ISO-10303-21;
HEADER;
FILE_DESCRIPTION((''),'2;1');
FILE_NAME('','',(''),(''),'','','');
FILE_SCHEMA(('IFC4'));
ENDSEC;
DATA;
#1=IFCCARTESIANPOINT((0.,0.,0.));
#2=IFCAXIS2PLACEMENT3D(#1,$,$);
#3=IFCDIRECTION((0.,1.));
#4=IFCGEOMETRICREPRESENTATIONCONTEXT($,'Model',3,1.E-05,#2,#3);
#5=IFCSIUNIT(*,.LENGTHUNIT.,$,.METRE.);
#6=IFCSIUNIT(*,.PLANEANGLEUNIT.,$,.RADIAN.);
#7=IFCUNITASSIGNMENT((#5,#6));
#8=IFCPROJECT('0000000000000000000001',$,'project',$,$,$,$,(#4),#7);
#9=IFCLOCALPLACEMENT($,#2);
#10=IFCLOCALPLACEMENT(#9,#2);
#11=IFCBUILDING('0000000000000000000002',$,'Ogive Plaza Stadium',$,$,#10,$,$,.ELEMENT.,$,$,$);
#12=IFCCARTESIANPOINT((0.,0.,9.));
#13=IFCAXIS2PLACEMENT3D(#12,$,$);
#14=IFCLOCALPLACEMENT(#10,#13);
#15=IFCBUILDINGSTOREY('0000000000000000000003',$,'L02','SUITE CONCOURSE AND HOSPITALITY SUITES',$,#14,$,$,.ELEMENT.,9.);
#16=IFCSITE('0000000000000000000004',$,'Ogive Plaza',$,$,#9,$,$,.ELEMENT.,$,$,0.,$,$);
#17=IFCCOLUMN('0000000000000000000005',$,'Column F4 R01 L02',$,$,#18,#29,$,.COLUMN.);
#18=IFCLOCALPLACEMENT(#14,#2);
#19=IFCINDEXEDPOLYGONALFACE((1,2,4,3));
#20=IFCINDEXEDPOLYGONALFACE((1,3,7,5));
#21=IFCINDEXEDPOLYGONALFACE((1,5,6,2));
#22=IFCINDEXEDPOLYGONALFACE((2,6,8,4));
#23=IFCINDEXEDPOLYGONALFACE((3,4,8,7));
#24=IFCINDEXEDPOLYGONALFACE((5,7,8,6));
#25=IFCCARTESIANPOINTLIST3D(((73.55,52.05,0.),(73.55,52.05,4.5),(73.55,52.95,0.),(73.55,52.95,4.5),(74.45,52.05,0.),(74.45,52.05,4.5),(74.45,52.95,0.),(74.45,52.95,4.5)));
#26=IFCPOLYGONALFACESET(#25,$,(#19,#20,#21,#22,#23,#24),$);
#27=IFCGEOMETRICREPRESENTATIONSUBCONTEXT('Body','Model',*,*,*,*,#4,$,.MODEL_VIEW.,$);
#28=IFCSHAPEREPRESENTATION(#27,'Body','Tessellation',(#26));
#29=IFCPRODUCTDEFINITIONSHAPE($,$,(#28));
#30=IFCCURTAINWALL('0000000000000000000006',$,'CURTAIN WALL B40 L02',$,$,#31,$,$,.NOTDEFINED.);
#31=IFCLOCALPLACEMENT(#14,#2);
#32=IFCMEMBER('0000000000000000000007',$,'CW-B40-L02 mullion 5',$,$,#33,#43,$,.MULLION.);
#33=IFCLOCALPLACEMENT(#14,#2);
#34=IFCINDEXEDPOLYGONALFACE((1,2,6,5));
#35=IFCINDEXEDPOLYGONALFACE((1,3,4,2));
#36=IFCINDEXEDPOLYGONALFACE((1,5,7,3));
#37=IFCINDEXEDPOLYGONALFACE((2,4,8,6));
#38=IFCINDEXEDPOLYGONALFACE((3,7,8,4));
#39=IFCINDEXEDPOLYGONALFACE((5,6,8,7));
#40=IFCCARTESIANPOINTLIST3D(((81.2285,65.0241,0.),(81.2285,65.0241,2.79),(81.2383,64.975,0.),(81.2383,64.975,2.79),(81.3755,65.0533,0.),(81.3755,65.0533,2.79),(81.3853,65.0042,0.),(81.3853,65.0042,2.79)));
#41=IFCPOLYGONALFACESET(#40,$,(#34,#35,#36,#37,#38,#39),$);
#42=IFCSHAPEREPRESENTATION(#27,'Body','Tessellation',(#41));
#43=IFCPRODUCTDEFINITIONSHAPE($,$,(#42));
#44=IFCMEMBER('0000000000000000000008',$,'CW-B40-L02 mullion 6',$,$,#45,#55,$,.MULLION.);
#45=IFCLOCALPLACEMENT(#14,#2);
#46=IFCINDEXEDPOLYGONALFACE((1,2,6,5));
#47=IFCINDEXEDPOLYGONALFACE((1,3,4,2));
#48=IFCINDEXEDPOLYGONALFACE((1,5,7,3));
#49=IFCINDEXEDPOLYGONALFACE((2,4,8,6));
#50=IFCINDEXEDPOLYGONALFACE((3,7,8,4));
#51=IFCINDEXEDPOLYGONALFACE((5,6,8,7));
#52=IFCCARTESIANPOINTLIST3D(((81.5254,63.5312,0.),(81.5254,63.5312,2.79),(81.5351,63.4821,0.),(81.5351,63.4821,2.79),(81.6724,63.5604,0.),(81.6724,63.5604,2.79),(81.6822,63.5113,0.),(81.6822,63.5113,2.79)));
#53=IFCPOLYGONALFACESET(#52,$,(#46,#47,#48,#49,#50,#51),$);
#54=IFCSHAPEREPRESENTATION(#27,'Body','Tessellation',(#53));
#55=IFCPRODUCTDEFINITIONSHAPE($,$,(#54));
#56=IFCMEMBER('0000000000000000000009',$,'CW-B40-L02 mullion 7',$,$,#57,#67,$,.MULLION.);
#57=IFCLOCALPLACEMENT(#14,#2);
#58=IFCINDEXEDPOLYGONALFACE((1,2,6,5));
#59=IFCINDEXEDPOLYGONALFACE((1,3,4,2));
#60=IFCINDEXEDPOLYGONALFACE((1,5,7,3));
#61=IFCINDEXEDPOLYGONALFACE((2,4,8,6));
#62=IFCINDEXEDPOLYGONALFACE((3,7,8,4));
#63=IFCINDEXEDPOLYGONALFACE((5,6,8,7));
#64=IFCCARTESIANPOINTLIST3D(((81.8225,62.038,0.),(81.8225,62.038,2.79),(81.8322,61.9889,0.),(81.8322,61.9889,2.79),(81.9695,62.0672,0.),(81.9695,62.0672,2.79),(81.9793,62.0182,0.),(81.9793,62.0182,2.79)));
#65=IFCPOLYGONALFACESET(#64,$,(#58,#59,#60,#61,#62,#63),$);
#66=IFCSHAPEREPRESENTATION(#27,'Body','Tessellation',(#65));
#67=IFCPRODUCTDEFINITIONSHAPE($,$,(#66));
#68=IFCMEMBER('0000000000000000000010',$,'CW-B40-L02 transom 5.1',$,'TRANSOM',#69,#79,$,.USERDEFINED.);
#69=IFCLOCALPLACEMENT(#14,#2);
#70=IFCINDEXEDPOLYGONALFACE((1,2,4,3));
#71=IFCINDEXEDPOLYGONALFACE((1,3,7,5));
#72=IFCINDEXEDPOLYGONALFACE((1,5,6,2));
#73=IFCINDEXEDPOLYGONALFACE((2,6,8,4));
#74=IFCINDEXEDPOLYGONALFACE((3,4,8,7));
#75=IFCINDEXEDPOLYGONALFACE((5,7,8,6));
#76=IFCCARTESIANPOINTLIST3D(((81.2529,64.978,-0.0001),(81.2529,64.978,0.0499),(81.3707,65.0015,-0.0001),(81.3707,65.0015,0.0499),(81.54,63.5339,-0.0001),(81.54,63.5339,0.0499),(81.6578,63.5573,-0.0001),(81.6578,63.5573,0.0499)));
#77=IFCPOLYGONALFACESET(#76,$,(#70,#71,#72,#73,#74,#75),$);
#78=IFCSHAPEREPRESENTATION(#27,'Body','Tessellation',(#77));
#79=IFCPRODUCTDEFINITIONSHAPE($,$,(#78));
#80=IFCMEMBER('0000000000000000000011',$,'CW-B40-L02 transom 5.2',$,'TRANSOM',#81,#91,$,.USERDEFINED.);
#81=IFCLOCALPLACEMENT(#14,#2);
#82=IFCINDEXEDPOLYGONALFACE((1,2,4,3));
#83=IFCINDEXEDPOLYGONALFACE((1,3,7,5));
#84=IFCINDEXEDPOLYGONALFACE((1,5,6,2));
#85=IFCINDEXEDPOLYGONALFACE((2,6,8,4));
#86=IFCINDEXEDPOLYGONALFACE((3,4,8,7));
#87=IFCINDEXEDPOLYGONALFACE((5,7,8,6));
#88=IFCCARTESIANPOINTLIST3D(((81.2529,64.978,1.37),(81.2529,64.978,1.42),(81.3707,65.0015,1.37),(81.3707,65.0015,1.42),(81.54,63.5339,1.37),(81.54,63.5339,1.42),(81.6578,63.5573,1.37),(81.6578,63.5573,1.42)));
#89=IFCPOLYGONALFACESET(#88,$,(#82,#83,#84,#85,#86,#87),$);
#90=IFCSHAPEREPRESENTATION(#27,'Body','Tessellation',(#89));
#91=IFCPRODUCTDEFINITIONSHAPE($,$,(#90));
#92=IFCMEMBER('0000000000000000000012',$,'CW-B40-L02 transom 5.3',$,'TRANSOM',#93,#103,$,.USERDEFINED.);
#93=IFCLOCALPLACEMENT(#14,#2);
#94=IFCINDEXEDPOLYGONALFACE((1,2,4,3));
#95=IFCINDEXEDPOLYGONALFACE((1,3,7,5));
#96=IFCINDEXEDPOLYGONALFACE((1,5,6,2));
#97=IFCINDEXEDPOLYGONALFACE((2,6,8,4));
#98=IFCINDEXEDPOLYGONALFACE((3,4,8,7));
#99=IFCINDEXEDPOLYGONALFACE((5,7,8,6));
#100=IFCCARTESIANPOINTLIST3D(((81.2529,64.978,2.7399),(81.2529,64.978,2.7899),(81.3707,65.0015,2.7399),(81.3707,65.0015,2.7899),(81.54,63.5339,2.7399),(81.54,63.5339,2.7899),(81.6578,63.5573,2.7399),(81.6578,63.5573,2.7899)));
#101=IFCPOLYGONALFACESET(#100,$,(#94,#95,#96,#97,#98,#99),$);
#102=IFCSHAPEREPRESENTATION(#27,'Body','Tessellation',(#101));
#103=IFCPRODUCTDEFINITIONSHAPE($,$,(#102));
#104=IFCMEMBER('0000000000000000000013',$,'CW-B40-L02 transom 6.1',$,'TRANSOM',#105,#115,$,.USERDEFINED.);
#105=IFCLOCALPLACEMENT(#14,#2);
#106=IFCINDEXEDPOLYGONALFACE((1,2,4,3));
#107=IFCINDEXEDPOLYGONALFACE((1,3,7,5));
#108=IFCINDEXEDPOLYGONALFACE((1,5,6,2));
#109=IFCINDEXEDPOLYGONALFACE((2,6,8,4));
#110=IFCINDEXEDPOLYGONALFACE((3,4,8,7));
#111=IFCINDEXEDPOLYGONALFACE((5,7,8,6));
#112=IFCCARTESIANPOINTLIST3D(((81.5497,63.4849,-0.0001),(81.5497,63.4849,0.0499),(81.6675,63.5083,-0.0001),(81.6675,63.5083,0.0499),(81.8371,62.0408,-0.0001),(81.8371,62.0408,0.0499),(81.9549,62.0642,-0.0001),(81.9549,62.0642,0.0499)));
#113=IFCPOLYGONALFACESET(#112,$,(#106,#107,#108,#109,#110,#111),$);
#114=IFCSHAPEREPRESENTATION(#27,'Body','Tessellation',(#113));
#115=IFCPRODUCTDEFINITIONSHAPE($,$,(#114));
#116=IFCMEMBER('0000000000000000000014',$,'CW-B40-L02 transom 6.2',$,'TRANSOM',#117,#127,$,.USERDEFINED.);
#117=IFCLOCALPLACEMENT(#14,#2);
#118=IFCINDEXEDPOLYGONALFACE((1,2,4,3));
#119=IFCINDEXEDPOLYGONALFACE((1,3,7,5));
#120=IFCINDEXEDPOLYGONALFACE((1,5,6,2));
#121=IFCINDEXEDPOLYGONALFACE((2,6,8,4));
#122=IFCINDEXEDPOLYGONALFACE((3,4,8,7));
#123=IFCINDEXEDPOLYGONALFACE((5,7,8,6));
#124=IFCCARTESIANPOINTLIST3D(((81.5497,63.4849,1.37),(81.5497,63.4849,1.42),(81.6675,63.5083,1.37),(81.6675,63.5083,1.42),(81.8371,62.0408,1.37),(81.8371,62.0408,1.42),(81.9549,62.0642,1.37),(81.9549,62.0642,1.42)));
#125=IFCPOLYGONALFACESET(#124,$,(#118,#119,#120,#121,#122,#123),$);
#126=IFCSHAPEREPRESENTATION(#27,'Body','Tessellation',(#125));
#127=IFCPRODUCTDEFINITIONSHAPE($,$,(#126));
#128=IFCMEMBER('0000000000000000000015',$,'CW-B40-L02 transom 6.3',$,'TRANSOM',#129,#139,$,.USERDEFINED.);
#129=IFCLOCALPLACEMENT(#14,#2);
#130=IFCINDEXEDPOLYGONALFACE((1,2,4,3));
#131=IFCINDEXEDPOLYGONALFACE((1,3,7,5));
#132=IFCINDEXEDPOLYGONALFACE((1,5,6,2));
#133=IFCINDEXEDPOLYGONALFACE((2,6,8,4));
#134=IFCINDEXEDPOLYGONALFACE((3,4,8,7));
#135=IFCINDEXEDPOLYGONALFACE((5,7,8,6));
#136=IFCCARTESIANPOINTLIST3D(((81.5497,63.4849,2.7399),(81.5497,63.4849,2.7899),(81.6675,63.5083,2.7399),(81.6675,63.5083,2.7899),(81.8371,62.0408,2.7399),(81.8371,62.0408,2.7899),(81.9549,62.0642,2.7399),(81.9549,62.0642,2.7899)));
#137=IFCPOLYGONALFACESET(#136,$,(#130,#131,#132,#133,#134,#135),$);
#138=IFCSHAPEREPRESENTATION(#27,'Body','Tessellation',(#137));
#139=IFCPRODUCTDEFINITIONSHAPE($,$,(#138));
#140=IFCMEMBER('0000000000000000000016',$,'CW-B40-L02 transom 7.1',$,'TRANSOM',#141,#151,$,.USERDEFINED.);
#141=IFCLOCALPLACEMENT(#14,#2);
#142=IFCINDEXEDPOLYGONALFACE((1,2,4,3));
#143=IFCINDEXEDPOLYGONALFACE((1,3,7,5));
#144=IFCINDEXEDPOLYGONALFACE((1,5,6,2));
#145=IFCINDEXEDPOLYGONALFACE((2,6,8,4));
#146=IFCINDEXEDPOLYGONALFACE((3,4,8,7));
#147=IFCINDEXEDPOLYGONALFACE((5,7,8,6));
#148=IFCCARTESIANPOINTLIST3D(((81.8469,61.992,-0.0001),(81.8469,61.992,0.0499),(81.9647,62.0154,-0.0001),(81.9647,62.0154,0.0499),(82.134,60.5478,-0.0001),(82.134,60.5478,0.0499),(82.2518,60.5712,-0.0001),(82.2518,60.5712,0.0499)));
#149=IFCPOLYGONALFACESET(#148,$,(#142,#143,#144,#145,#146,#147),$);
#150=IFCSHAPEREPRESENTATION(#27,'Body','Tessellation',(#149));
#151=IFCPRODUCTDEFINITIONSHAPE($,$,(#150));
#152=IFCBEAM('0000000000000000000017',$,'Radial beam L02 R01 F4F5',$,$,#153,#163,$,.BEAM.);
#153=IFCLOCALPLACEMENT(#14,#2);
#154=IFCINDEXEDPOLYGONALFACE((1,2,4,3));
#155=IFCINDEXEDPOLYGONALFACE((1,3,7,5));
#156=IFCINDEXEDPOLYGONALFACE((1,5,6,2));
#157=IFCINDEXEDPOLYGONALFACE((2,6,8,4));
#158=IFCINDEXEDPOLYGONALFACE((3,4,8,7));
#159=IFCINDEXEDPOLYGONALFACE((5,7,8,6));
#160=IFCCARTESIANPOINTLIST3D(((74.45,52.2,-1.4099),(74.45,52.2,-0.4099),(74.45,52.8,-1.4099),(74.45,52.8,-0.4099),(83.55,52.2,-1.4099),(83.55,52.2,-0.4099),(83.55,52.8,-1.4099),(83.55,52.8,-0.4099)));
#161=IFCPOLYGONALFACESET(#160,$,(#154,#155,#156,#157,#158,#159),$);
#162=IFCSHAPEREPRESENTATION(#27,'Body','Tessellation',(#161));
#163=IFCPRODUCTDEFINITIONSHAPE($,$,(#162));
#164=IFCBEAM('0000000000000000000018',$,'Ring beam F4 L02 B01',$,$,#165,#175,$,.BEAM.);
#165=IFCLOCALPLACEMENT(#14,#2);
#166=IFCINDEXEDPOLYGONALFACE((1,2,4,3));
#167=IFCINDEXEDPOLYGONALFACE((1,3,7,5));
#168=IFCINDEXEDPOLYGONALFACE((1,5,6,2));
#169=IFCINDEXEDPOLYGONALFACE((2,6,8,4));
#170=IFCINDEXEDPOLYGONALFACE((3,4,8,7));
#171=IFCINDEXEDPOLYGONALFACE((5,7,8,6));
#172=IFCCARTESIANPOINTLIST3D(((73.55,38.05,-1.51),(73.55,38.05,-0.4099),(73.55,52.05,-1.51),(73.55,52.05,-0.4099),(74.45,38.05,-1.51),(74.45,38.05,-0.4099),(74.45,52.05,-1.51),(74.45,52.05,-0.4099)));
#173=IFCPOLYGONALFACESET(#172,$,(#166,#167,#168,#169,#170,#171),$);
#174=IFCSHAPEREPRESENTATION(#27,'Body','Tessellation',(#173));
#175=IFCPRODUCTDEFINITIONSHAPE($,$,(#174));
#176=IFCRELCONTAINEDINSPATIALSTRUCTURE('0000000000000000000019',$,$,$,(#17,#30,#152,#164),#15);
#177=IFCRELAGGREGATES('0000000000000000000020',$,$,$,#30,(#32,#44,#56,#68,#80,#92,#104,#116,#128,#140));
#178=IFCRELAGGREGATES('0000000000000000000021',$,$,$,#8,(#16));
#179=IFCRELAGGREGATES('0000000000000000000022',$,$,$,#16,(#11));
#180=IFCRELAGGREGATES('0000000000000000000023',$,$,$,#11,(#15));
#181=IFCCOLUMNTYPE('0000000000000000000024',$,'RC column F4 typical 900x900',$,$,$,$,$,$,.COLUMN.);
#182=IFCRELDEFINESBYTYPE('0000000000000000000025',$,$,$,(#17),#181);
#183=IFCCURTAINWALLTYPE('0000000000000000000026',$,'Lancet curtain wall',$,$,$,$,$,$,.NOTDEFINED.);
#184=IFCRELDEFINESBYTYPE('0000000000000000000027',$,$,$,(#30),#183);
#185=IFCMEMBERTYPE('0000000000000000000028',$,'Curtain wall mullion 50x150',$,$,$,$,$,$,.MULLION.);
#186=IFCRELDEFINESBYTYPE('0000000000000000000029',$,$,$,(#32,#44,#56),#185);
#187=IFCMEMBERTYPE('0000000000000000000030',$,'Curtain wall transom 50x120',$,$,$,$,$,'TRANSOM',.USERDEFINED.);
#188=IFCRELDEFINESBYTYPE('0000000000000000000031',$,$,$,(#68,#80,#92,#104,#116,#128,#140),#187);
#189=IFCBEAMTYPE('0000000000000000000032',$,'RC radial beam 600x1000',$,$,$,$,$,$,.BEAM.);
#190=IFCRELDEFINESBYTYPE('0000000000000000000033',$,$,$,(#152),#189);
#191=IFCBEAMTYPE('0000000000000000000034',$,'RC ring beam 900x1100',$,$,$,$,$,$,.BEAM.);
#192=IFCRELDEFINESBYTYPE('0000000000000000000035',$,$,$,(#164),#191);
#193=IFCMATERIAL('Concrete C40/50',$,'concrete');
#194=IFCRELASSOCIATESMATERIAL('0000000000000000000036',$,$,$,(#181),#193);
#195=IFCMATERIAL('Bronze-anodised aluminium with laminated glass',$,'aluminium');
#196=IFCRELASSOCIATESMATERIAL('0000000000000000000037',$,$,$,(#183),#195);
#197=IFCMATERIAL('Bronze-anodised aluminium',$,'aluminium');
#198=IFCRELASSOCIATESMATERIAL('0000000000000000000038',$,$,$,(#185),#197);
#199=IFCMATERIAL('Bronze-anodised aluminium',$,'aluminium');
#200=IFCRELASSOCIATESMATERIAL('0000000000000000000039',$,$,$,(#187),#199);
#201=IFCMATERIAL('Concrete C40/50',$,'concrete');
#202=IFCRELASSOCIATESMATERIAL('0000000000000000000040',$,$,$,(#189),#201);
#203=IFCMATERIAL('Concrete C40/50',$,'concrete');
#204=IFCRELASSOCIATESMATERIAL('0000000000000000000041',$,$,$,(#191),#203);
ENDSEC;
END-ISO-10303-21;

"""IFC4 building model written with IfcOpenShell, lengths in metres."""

from ifc_helpers import new_model, si_unit, direction, frame, origin, origin_2d, place, context, subcontext, project, spatial, rectangle, extrude, material, material_profile, profile_set, type_object, element, aggregate, save


model = new_model("IFC4")

# Units and contexts
model_context = context("Model", 3, precision=1e-05, world=origin(), true_north=direction((0.0, 1.0)))
body_context = subcontext(model_context, "Body", "Model", "MODEL_VIEW")
ifc_project = project(units=[si_unit("LENGTHUNIT", "METRE"), si_unit("PLANEANGLEUNIT", "RADIAN")], contexts=[model_context])

# Site, building, storey
site_placement = place(None, origin())
site = spatial("IfcSite", under=ifc_project, at=site_placement, Name="Ogive Plaza", CompositionType="ELEMENT", RefElevation=0.0)
building_placement = place(site_placement, origin())
building = spatial("IfcBuilding", under=site, at=building_placement, Name="Ogive Plaza Stadium", CompositionType="ELEMENT")
storey_placement = place(building_placement, frame((0.0, 0.0, 9.0)))
storey = spatial("IfcBuildingStorey", under=building, at=storey_placement, Name="L02", Description="SUITE CONCOURSE AND HOSPITALITY SUITES", CompositionType="ELEMENT", Elevation=9.0)

# Column
ifc_material_1 = material(Name="Concrete C40/50", Category="concrete")
ifc_material_profile_1 = material_profile(ifc_material_1, rectangle(XDim=0.8999, YDim=0.8999, at=origin_2d()), Name="RC 900x900")
ifc_profile_set_1 = profile_set([ifc_material_profile_1], Name="Concrete C40/50")
column_type = type_object("IfcColumnType", Name="RC column F4 typical 900x900", PredefinedType="COLUMN", material=ifc_profile_set_1)
column_placement = place(storey_placement, frame((74.0, 52.5, 0.0), z_axis=(0.0, 0.0, 1.0), x_axis=(0.0, 1.0, 0.0)))
element("IfcColumn", 1, at=column_placement, inside=storey, type_object=column_type, Name="Column F4 R01 L02", PredefinedType="COLUMN", context=body_context, shape_type="SweptSolid", body=[
    extrude(rectangle(XDim=0.8999, YDim=0.8999, at=origin_2d()), origin(), (0.0, 0.0, 1.0), 4.5),
])

# Curtain wall, members
ifc_material_2 = material(Name="Bronze-anodised aluminium with laminated glass", Category="aluminium")
curtain_wall_type = type_object("IfcCurtainWallType", Name="Lancet curtain wall", PredefinedType="NOTDEFINED", material=ifc_material_2)
curtain_wall_placement = place(storey_placement, origin())
curtain_wall = element("IfcCurtainWall", 2, at=curtain_wall_placement, inside=storey, type_object=curtain_wall_type, Name="CURTAIN WALL B40 L02", PredefinedType="NOTDEFINED")
ifc_material_3 = material(Name="Bronze-anodised aluminium", Category="aluminium")
ifc_material_profile_2 = material_profile(ifc_material_3, rectangle(XDim=0.1499, YDim=0.05, at=origin_2d()), Name="AL 150x50")
ifc_profile_set_2 = profile_set([ifc_material_profile_2], Name="Bronze-anodised aluminium")
member_type_1 = type_object("IfcMemberType", Name="Curtain wall mullion 50x150", PredefinedType="MULLION", material=ifc_profile_set_2)
member_1_placement = place(storey_placement, frame((81.3069, 65.0142, 0.0), z_axis=(0.0, 0.0, 1.0), x_axis=(0.980785, 0.19509, 0.0)))
member_1 = element("IfcMember", 3, at=member_1_placement, type_object=member_type_1, Name="CW-B40-L02 mullion 5", PredefinedType="MULLION", context=body_context, shape_type="SweptSolid", body=[
    extrude(rectangle(XDim=0.1499, YDim=0.05, at=origin_2d()), origin(), (0.0, 0.0, 1.0), 2.79),
])
member_2_placement = place(storey_placement, frame((81.6038, 63.5212, 0.0), z_axis=(0.0, 0.0, 1.0), x_axis=(0.980785, 0.19509, 0.0)))
member_2 = element("IfcMember", 4, at=member_2_placement, type_object=member_type_1, Name="CW-B40-L02 mullion 6", PredefinedType="MULLION", context=body_context, shape_type="SweptSolid", body=[
    extrude(rectangle(XDim=0.1499, YDim=0.05, at=origin_2d()), origin(), (0.0, 0.0, 1.0), 2.79),
])
member_3_placement = place(storey_placement, frame((81.9009, 62.0281, 0.0), z_axis=(0.0, 0.0, 1.0), x_axis=(0.980785, 0.19509, 0.0)))
member_3 = element("IfcMember", 5, at=member_3_placement, type_object=member_type_1, Name="CW-B40-L02 mullion 7", PredefinedType="MULLION", context=body_context, shape_type="SweptSolid", body=[
    extrude(rectangle(XDim=0.1499, YDim=0.05, at=origin_2d()), origin(), (0.0, 0.0, 1.0), 2.79),
])
ifc_material_4 = material(Name="Bronze-anodised aluminium", Category="aluminium")
ifc_material_profile_3 = material_profile(ifc_material_4, rectangle(XDim=0.1201, YDim=0.05, at=origin_2d()), Name="AL 120x50")
ifc_profile_set_3 = profile_set([ifc_material_profile_3], Name="Bronze-anodised aluminium")
member_type_2 = type_object("IfcMemberType", Name="Curtain wall transom 50x120", ElementType="TRANSOM", PredefinedType="USERDEFINED", material=ifc_profile_set_3)
member_4_placement = place(storey_placement, frame((81.3118, 64.9897, 0.0249), z_axis=(0.195, -0.980803, 0.0), x_axis=(0.980803, 0.195, 0.0)))
member_4 = element("IfcMember", 6, at=member_4_placement, type_object=member_type_2, Name="CW-B40-L02 transom 5.1", ObjectType="TRANSOM", PredefinedType="USERDEFINED", context=body_context, shape_type="SweptSolid", body=[
    extrude(rectangle(XDim=0.1201, YDim=0.05, at=origin_2d()), origin(), (0.0, 0.0, 1.0), 1.4724),
])
member_5_placement = place(storey_placement, frame((81.3118, 64.9897, 1.395), z_axis=(0.195, -0.980803, 0.0), x_axis=(0.980803, 0.195, 0.0)))
member_5 = element("IfcMember", 7, at=member_5_placement, type_object=member_type_2, Name="CW-B40-L02 transom 5.2", ObjectType="TRANSOM", PredefinedType="USERDEFINED", context=body_context, shape_type="SweptSolid", body=[
    extrude(rectangle(XDim=0.1201, YDim=0.05, at=origin_2d()), origin(), (0.0, 0.0, 1.0), 1.4724),
])
member_6_placement = place(storey_placement, frame((81.3118, 64.9897, 2.7649), z_axis=(0.195, -0.980803, 0.0), x_axis=(0.980803, 0.195, 0.0)))
member_6 = element("IfcMember", 8, at=member_6_placement, type_object=member_type_2, Name="CW-B40-L02 transom 5.3", ObjectType="TRANSOM", PredefinedType="USERDEFINED", context=body_context, shape_type="SweptSolid", body=[
    extrude(rectangle(XDim=0.1201, YDim=0.05, at=origin_2d()), origin(), (0.0, 0.0, 1.0), 1.4724),
])
member_7_placement = place(storey_placement, frame((81.6086, 63.4966, 0.0249), z_axis=(0.195159, -0.980772, 0.0), x_axis=(0.980772, 0.195159, 0.0)))
member_7 = element("IfcMember", 9, at=member_7_placement, type_object=member_type_2, Name="CW-B40-L02 transom 6.1", ObjectType="TRANSOM", PredefinedType="USERDEFINED", context=body_context, shape_type="SweptSolid", body=[
    extrude(rectangle(XDim=0.1201, YDim=0.05, at=origin_2d()), origin(), (0.0, 0.0, 1.0), 1.4724),
])
member_8_placement = place(storey_placement, frame((81.6086, 63.4966, 1.395), z_axis=(0.195159, -0.980772, 0.0), x_axis=(0.980772, 0.195159, 0.0)))
member_8 = element("IfcMember", 10, at=member_8_placement, type_object=member_type_2, Name="CW-B40-L02 transom 6.2", ObjectType="TRANSOM", PredefinedType="USERDEFINED", context=body_context, shape_type="SweptSolid", body=[
    extrude(rectangle(XDim=0.1201, YDim=0.05, at=origin_2d()), origin(), (0.0, 0.0, 1.0), 1.4724),
])
member_9_placement = place(storey_placement, frame((81.6086, 63.4966, 2.7649), z_axis=(0.195159, -0.980772, 0.0), x_axis=(0.980772, 0.195159, 0.0)))
member_9 = element("IfcMember", 11, at=member_9_placement, type_object=member_type_2, Name="CW-B40-L02 transom 6.3", ObjectType="TRANSOM", PredefinedType="USERDEFINED", context=body_context, shape_type="SweptSolid", body=[
    extrude(rectangle(XDim=0.1201, YDim=0.05, at=origin_2d()), origin(), (0.0, 0.0, 1.0), 1.4724),
])
member_10_placement = place(storey_placement, frame((81.9058, 62.0037, 0.0249), z_axis=(0.195, -0.980803, 0.0), x_axis=(0.980803, 0.195, 0.0)))
member_10 = element("IfcMember", 12, at=member_10_placement, type_object=member_type_2, Name="CW-B40-L02 transom 7.1", ObjectType="TRANSOM", PredefinedType="USERDEFINED", context=body_context, shape_type="SweptSolid", body=[
    extrude(rectangle(XDim=0.1201, YDim=0.05, at=origin_2d()), origin(), (0.0, 0.0, 1.0), 1.4724),
])

# Beams
ifc_material_5 = material(Name="Concrete C40/50", Category="concrete")
ifc_material_profile_4 = material_profile(ifc_material_5, rectangle(XDim=0.6001, YDim=1.0, at=origin_2d()), Name="RC 600x1000")
ifc_profile_set_4 = profile_set([ifc_material_profile_4], Name="Concrete C40/50")
beam_type_1 = type_object("IfcBeamType", Name="RC radial beam 600x1000", PredefinedType="BEAM", material=ifc_profile_set_4)
beam_1_placement = place(storey_placement, frame((74.45, 52.5, -0.9099), z_axis=(1.0, 0.0, 0.0), x_axis=(0.0, 1.0, 0.0)))
element("IfcBeam", 13, at=beam_1_placement, inside=storey, type_object=beam_type_1, Name="Radial beam L02 R01 F4F5", PredefinedType="BEAM", context=body_context, shape_type="SweptSolid", body=[
    extrude(rectangle(XDim=0.6001, YDim=1.0, at=origin_2d()), origin(), (0.0, 0.0, 1.0), 9.1001),
])
ifc_material_6 = material(Name="Concrete C40/50", Category="concrete")
ifc_material_profile_5 = material_profile(ifc_material_6, rectangle(XDim=0.8999, YDim=1.1001, at=origin_2d()), Name="RC 900x1100")
ifc_profile_set_5 = profile_set([ifc_material_profile_5], Name="Concrete C40/50")
beam_type_2 = type_object("IfcBeamType", Name="RC ring beam 900x1100", PredefinedType="BEAM", material=ifc_profile_set_5)
beam_2_placement = place(storey_placement, frame((74.0, 52.05, -0.96), z_axis=(0.0, -1.0, 0.0), x_axis=(1.0, 0.0, 0.0)))
element("IfcBeam", 14, at=beam_2_placement, inside=storey, type_object=beam_type_2, Name="Ring beam F4 L02 B01", PredefinedType="BEAM", context=body_context, shape_type="SweptSolid", body=[
    extrude(rectangle(XDim=0.8999, YDim=1.1001, at=origin_2d()), origin(), (0.0, 0.0, 1.0), 14.0),
])

aggregate(curtain_wall, [member_1, member_2, member_3, member_4, member_5, member_6, member_7, member_8, member_9, member_10])

save(model, "model.ifc")
